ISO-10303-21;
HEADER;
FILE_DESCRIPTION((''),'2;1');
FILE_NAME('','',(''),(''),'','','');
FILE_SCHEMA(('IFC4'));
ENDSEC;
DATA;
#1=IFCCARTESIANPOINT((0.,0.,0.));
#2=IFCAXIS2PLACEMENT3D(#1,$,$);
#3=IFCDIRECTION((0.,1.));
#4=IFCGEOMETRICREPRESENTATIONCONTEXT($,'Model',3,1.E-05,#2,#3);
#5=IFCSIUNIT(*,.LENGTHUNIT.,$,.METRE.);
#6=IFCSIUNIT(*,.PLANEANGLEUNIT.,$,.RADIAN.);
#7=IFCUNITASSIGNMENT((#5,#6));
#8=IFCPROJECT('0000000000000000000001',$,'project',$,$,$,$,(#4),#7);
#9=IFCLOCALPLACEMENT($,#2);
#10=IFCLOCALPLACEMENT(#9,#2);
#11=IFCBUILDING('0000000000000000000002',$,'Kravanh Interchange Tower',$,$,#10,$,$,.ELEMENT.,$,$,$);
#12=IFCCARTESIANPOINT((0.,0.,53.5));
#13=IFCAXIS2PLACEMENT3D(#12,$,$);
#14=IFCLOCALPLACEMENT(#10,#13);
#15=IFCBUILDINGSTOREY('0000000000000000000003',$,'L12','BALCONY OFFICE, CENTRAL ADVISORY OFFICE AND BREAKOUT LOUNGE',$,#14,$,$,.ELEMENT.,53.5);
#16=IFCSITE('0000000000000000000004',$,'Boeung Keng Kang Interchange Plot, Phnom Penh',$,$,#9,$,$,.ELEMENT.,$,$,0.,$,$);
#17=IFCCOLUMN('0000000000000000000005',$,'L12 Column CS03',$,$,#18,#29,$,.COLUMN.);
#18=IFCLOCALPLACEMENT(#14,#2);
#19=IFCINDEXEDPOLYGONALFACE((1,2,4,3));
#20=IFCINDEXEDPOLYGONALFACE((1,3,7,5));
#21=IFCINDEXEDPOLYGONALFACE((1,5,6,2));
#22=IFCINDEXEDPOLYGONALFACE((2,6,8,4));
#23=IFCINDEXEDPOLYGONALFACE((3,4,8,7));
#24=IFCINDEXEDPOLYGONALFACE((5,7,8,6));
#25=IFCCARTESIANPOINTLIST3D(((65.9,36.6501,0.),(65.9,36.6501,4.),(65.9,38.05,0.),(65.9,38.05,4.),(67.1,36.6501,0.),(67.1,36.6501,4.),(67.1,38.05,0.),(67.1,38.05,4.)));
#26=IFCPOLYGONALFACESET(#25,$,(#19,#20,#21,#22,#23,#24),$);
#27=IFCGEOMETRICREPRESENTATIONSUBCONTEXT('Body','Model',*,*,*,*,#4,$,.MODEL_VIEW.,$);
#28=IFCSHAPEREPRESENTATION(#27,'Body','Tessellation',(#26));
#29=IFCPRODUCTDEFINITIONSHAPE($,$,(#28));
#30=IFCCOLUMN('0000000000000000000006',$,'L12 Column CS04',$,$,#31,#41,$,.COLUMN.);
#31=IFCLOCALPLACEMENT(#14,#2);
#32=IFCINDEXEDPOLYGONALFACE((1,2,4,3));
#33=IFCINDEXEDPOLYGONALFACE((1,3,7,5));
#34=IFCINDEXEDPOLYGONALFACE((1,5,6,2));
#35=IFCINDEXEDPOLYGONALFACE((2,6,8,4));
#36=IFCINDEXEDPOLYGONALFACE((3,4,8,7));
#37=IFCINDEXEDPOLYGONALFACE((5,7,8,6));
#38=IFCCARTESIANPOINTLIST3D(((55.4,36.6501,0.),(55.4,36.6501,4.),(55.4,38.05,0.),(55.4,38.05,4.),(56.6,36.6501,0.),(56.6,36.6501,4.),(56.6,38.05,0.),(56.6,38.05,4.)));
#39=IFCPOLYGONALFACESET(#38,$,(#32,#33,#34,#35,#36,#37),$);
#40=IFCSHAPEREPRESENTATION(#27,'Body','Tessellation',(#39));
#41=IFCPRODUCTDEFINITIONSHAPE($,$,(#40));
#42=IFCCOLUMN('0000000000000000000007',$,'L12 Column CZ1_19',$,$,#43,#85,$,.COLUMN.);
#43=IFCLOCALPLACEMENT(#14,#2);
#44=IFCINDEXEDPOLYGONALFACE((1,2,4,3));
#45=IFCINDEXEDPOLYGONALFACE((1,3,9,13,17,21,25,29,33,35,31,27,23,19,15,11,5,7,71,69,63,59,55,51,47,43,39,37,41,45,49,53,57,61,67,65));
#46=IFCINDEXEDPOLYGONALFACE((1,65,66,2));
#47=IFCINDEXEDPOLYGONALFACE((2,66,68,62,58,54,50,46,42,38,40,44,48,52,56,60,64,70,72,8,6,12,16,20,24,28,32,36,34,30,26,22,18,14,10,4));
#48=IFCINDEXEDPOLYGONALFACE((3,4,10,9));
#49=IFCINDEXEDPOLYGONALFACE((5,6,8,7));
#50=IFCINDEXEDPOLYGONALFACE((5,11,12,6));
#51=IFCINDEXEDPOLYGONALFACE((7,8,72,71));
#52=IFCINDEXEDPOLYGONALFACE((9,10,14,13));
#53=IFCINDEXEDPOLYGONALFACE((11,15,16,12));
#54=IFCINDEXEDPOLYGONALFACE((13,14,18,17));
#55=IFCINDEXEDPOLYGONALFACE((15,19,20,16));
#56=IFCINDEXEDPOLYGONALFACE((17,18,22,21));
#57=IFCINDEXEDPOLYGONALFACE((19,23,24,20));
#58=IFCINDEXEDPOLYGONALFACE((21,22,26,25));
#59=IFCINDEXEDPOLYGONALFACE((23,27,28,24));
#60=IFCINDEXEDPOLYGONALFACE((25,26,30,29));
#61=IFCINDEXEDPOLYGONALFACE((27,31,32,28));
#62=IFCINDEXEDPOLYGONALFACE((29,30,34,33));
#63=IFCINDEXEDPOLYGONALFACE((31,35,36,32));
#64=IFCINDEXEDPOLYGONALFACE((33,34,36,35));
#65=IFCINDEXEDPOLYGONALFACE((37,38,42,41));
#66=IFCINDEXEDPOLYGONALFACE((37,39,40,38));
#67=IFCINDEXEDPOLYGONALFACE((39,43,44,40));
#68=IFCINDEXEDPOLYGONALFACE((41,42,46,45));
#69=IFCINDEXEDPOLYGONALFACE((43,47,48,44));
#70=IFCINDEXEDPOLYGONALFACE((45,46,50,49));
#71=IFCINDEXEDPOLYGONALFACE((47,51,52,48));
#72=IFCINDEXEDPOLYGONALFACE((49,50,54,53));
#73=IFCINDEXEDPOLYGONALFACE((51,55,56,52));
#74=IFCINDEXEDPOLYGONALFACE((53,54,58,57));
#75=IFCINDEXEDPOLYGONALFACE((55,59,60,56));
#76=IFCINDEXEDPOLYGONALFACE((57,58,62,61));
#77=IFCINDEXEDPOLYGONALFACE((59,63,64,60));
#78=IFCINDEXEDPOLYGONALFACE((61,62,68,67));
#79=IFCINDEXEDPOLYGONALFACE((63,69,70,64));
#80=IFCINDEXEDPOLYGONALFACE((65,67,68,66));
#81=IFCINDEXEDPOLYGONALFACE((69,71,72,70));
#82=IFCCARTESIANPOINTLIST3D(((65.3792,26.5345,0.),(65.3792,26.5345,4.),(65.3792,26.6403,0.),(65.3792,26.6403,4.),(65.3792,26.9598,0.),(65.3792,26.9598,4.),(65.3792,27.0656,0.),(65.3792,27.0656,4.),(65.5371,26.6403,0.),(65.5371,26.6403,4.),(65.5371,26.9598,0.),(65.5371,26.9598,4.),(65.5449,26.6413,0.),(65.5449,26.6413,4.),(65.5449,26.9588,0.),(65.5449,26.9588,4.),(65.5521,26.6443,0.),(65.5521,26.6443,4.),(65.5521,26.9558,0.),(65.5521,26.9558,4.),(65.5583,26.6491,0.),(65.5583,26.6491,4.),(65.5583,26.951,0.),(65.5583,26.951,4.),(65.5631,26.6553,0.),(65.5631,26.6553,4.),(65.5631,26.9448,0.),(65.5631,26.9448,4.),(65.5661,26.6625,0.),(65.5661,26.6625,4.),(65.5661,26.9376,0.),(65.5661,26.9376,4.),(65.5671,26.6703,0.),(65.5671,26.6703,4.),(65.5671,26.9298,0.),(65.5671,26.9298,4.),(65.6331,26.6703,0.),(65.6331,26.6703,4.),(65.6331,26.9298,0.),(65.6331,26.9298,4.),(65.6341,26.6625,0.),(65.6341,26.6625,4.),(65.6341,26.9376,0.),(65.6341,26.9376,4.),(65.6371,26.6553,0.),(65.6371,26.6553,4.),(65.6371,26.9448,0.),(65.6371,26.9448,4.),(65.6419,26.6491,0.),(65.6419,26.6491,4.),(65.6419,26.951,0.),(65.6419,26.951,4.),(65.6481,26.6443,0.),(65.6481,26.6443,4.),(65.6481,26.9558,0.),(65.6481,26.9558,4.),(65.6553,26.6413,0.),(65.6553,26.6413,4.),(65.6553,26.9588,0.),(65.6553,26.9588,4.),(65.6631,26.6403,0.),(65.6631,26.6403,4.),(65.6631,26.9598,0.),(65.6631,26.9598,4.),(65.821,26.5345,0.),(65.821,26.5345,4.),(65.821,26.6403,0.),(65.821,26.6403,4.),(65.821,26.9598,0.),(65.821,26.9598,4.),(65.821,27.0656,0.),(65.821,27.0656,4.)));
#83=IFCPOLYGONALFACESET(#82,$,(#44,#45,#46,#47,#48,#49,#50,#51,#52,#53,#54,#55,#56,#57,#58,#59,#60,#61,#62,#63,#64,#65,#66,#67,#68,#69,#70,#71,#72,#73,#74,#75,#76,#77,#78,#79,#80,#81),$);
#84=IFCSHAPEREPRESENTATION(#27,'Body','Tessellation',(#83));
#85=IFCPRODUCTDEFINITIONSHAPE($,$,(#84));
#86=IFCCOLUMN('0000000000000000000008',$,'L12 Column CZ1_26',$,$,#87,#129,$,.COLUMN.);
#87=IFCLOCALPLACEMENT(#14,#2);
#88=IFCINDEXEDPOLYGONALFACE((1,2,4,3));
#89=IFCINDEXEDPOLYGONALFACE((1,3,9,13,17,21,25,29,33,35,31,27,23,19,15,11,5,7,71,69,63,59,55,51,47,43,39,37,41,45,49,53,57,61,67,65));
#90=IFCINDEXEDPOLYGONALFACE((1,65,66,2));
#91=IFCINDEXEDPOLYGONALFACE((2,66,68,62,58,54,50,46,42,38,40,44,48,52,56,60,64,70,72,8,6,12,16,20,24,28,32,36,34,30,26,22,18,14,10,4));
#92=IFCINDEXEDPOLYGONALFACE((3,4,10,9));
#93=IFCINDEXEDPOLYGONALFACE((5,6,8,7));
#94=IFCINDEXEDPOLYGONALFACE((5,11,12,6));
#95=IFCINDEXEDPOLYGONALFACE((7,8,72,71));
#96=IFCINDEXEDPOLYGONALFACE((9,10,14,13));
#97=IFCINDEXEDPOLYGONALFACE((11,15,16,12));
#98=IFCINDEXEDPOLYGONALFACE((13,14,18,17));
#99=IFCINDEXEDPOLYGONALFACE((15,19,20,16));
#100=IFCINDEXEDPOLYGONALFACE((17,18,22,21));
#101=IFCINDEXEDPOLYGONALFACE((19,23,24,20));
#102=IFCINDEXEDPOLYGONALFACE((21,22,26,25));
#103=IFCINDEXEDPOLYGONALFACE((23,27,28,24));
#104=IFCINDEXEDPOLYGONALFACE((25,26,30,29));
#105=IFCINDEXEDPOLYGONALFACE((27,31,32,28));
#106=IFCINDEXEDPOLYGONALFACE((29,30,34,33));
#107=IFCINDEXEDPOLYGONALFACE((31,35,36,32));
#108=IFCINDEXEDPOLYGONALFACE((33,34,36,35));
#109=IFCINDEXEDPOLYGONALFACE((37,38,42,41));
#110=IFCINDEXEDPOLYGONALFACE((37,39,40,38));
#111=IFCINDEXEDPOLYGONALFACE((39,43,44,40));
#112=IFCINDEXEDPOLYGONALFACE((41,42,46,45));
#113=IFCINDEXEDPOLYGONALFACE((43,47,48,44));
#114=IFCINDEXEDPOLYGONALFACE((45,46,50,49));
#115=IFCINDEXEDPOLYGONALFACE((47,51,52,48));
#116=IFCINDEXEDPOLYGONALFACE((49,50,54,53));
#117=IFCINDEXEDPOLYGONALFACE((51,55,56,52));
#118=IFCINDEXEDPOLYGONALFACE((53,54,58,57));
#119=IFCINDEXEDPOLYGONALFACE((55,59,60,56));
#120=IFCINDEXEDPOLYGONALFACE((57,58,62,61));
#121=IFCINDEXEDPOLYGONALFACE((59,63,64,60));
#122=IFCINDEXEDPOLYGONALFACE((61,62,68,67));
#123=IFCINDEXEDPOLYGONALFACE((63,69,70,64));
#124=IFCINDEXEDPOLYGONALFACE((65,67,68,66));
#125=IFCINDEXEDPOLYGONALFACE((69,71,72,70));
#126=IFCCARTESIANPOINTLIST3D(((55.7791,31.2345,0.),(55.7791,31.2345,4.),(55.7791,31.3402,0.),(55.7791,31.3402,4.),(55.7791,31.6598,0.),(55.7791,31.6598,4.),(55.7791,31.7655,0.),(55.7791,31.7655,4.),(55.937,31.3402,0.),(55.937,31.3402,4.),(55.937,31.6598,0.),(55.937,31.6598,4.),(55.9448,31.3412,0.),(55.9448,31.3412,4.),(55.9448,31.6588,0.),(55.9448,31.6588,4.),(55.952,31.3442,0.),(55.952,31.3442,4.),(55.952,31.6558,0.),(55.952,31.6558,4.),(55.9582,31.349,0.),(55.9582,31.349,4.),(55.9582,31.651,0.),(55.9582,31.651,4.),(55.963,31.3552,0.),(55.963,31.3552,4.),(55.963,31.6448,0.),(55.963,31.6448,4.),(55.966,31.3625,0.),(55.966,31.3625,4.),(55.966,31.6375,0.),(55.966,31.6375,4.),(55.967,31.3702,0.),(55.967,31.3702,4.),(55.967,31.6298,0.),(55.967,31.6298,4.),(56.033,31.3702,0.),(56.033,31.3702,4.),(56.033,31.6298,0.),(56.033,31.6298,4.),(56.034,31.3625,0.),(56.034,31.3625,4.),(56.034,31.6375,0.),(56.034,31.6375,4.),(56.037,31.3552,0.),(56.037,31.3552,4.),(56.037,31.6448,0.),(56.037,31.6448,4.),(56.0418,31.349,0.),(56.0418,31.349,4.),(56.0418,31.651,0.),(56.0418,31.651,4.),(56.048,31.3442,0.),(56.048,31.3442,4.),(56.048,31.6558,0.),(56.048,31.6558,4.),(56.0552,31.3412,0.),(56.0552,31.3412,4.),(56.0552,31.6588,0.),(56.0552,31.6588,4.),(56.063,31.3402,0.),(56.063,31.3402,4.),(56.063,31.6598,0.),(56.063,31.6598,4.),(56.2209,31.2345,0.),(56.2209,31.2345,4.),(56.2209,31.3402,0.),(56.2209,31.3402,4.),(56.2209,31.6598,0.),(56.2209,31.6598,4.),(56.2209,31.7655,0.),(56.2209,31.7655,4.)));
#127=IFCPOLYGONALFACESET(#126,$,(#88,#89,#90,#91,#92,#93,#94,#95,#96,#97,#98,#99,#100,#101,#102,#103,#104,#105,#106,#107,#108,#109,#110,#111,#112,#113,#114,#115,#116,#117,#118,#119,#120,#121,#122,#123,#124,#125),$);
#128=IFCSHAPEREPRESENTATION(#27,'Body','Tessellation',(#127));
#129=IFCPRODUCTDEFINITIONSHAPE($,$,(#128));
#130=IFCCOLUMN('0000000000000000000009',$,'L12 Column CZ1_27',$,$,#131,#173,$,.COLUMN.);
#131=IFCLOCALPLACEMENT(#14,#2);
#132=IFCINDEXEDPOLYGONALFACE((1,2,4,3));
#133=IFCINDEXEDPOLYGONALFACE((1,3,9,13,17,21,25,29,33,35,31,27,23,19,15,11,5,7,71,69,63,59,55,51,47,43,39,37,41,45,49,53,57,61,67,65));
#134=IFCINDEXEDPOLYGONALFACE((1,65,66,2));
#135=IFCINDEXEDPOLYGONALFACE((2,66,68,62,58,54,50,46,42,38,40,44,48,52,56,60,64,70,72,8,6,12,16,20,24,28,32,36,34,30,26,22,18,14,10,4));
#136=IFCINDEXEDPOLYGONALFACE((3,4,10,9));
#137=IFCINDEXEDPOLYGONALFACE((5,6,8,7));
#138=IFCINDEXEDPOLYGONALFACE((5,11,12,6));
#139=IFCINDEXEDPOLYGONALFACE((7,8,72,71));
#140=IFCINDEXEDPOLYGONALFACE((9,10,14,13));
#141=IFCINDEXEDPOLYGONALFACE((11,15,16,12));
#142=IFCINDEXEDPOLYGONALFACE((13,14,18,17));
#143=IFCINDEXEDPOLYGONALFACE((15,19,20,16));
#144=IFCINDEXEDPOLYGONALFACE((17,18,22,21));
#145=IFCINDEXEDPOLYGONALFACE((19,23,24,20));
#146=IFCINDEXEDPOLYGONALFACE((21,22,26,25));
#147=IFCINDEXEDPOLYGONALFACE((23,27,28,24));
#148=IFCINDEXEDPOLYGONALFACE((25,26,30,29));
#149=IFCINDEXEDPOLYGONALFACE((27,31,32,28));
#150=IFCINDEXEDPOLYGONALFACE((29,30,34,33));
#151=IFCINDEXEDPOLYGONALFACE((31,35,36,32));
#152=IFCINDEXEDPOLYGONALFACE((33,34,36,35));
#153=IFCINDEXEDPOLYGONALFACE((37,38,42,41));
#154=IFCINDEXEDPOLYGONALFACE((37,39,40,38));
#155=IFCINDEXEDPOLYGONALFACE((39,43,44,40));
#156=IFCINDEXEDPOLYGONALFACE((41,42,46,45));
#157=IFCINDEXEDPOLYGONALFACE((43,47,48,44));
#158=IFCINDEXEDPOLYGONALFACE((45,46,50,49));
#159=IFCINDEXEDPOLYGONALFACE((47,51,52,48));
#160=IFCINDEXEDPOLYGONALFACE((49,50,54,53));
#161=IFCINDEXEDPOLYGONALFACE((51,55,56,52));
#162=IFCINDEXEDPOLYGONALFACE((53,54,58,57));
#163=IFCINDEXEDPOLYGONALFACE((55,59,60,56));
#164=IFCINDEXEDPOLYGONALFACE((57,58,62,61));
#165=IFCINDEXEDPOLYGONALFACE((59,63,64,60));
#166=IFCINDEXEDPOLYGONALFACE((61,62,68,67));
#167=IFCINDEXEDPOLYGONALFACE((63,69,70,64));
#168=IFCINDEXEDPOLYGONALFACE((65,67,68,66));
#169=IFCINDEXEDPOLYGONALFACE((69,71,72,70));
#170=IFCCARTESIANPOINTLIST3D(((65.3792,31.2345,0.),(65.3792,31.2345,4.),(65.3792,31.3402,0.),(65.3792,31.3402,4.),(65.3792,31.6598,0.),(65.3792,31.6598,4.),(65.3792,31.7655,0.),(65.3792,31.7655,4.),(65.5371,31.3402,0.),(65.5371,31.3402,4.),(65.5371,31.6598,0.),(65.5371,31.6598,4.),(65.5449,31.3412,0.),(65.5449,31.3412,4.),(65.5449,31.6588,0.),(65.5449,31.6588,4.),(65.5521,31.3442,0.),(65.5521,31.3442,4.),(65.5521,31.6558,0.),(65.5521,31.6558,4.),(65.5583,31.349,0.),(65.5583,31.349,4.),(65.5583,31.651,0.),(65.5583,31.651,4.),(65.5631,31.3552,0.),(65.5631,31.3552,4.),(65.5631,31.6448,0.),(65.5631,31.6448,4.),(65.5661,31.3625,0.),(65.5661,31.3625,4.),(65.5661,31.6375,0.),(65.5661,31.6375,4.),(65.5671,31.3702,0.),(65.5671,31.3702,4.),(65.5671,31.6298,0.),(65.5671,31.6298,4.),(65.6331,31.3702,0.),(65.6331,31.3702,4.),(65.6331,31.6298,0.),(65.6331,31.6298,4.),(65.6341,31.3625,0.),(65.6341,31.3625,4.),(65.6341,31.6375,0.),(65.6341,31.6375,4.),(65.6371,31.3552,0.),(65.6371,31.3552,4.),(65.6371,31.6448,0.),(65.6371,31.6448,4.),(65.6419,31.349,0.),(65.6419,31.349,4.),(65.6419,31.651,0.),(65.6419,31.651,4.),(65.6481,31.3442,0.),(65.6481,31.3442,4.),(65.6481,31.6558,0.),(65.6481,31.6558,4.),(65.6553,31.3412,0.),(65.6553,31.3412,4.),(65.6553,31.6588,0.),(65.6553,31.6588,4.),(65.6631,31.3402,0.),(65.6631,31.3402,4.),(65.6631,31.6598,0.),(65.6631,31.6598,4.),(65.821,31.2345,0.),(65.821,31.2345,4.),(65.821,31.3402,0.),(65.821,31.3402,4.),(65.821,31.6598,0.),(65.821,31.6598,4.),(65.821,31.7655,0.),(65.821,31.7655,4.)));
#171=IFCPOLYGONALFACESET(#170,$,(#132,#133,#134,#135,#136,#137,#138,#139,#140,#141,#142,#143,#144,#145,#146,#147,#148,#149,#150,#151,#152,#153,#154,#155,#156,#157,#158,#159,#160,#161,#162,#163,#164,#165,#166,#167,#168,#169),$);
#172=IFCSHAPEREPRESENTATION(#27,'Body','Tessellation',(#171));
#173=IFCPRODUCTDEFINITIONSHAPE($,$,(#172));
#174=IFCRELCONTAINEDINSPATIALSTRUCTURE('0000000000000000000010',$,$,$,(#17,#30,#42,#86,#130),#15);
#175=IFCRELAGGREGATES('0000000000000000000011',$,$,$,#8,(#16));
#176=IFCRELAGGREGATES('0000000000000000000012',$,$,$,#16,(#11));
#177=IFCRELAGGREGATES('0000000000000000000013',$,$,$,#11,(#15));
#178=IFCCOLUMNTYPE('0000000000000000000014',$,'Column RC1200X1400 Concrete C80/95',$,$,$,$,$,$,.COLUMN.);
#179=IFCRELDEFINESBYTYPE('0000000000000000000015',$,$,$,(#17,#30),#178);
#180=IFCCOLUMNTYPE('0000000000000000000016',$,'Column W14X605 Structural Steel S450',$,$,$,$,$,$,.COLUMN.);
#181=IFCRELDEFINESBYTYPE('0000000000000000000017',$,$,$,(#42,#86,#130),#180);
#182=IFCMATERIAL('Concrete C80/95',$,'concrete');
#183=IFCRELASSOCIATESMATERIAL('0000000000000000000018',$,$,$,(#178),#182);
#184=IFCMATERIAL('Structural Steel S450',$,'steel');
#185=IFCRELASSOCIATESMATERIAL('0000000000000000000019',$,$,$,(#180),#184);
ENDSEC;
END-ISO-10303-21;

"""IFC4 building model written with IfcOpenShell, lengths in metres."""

from ifc_helpers import new_model, si_unit, direction, frame, origin, origin_2d, place, context, subcontext, project, spatial, rectangle, i_section, extrude, material, material_profile, profile_set, type_object, element, save


model = new_model("IFC4")

# Units and contexts
model_context = context("Model", 3, precision=1e-05, world=origin(), true_north=direction((0.0, 1.0)))
body_context = subcontext(model_context, "Body", "Model", "MODEL_VIEW")
ifc_project = project(units=[si_unit("LENGTHUNIT", "METRE"), si_unit("PLANEANGLEUNIT", "RADIAN")], contexts=[model_context])

# Site, building, storey
site_placement = place(None, origin())
site = spatial("IfcSite", under=ifc_project, at=site_placement, Name="Boeung Keng Kang Interchange Plot, Phnom Penh", CompositionType="ELEMENT", RefElevation=0.0)
building_placement = place(site_placement, origin())
building = spatial("IfcBuilding", under=site, at=building_placement, Name="Kravanh Interchange Tower", CompositionType="ELEMENT")
storey_placement = place(building_placement, frame((0.0, 0.0, 53.5)))
storey = spatial("IfcBuildingStorey", under=building, at=storey_placement, Name="L12", Description="BALCONY OFFICE, CENTRAL ADVISORY OFFICE AND BREAKOUT LOUNGE", CompositionType="ELEMENT", Elevation=53.5)

# Columns
ifc_material_1 = material(Name="Concrete C80/95", Category="concrete")
ifc_material_profile_1 = material_profile(ifc_material_1, rectangle(XDim=1.2, YDim=1.3999, at=origin_2d()), Name="RC1200X1400")
ifc_profile_set_1 = profile_set([ifc_material_profile_1], Name="Concrete C80/95")
column_type_1 = type_object("IfcColumnType", Name="Column RC1200X1400 Concrete C80/95", PredefinedType="COLUMN", material=ifc_profile_set_1)
for number, where, z_axis, x_axis, name in (
    (1, (66.5, 37.3501, 0.0), (0.0, 0.0, 1.0), (1.0, 0.0, 0.0), "L12 Column CS03"),
    (2, (56.0, 37.3501, 0.0), (0.0, 0.0, 1.0), (1.0, 0.0, 0.0), "L12 Column CS04"),
):
    element("IfcColumn", number, at=place(storey_placement, frame(where, z_axis=z_axis, x_axis=x_axis)), inside=storey, type_object=column_type_1, Name=name, PredefinedType="COLUMN", context=body_context, shape_type="SweptSolid", body=[
        extrude(rectangle(XDim=1.2, YDim=1.3999, at=origin_2d()), origin(), (0.0, 0.0, 1.0), 4.0),
    ])
ifc_material_2 = material(Name="Structural Steel S450", Category="steel")
ifc_material_profile_2 = material_profile(ifc_material_2, i_section(OverallWidth=0.4419, OverallDepth=0.531, WebThickness=0.0659, FlangeThickness=0.1057, FilletRadius=0.03, at=origin_2d()), Name="W14X605")
ifc_profile_set_2 = profile_set([ifc_material_profile_2], Name="Structural Steel S450")
column_type_2 = type_object("IfcColumnType", Name="Column W14X605 Structural Steel S450", PredefinedType="COLUMN", material=ifc_profile_set_2)
for number, where, z_axis, x_axis, name in (
    (3, (65.6001, 26.8, 0.0), (0.0, 0.0, 1.0), (1.0, 0.0, 0.0), "L12 Column CZ1_19"),
    (4, (56.0, 31.5, 0.0), (0.0, 0.0, 1.0), (1.0, 0.0, 0.0), "L12 Column CZ1_26"),
    (5, (65.6001, 31.5, 0.0), (0.0, 0.0, 1.0), (1.0, 0.0, 0.0), "L12 Column CZ1_27"),
):
    element("IfcColumn", number, at=place(storey_placement, frame(where, z_axis=z_axis, x_axis=x_axis)), inside=storey, type_object=column_type_2, Name=name, PredefinedType="COLUMN", context=body_context, shape_type="SweptSolid", body=[
        extrude(i_section(OverallWidth=0.4419, OverallDepth=0.531, WebThickness=0.0659, FlangeThickness=0.1057, FilletRadius=0.03, at=origin_2d()), origin(), (0.0, 0.0, 1.0), 4.0),
    ])

save(model, "model.ifc")
